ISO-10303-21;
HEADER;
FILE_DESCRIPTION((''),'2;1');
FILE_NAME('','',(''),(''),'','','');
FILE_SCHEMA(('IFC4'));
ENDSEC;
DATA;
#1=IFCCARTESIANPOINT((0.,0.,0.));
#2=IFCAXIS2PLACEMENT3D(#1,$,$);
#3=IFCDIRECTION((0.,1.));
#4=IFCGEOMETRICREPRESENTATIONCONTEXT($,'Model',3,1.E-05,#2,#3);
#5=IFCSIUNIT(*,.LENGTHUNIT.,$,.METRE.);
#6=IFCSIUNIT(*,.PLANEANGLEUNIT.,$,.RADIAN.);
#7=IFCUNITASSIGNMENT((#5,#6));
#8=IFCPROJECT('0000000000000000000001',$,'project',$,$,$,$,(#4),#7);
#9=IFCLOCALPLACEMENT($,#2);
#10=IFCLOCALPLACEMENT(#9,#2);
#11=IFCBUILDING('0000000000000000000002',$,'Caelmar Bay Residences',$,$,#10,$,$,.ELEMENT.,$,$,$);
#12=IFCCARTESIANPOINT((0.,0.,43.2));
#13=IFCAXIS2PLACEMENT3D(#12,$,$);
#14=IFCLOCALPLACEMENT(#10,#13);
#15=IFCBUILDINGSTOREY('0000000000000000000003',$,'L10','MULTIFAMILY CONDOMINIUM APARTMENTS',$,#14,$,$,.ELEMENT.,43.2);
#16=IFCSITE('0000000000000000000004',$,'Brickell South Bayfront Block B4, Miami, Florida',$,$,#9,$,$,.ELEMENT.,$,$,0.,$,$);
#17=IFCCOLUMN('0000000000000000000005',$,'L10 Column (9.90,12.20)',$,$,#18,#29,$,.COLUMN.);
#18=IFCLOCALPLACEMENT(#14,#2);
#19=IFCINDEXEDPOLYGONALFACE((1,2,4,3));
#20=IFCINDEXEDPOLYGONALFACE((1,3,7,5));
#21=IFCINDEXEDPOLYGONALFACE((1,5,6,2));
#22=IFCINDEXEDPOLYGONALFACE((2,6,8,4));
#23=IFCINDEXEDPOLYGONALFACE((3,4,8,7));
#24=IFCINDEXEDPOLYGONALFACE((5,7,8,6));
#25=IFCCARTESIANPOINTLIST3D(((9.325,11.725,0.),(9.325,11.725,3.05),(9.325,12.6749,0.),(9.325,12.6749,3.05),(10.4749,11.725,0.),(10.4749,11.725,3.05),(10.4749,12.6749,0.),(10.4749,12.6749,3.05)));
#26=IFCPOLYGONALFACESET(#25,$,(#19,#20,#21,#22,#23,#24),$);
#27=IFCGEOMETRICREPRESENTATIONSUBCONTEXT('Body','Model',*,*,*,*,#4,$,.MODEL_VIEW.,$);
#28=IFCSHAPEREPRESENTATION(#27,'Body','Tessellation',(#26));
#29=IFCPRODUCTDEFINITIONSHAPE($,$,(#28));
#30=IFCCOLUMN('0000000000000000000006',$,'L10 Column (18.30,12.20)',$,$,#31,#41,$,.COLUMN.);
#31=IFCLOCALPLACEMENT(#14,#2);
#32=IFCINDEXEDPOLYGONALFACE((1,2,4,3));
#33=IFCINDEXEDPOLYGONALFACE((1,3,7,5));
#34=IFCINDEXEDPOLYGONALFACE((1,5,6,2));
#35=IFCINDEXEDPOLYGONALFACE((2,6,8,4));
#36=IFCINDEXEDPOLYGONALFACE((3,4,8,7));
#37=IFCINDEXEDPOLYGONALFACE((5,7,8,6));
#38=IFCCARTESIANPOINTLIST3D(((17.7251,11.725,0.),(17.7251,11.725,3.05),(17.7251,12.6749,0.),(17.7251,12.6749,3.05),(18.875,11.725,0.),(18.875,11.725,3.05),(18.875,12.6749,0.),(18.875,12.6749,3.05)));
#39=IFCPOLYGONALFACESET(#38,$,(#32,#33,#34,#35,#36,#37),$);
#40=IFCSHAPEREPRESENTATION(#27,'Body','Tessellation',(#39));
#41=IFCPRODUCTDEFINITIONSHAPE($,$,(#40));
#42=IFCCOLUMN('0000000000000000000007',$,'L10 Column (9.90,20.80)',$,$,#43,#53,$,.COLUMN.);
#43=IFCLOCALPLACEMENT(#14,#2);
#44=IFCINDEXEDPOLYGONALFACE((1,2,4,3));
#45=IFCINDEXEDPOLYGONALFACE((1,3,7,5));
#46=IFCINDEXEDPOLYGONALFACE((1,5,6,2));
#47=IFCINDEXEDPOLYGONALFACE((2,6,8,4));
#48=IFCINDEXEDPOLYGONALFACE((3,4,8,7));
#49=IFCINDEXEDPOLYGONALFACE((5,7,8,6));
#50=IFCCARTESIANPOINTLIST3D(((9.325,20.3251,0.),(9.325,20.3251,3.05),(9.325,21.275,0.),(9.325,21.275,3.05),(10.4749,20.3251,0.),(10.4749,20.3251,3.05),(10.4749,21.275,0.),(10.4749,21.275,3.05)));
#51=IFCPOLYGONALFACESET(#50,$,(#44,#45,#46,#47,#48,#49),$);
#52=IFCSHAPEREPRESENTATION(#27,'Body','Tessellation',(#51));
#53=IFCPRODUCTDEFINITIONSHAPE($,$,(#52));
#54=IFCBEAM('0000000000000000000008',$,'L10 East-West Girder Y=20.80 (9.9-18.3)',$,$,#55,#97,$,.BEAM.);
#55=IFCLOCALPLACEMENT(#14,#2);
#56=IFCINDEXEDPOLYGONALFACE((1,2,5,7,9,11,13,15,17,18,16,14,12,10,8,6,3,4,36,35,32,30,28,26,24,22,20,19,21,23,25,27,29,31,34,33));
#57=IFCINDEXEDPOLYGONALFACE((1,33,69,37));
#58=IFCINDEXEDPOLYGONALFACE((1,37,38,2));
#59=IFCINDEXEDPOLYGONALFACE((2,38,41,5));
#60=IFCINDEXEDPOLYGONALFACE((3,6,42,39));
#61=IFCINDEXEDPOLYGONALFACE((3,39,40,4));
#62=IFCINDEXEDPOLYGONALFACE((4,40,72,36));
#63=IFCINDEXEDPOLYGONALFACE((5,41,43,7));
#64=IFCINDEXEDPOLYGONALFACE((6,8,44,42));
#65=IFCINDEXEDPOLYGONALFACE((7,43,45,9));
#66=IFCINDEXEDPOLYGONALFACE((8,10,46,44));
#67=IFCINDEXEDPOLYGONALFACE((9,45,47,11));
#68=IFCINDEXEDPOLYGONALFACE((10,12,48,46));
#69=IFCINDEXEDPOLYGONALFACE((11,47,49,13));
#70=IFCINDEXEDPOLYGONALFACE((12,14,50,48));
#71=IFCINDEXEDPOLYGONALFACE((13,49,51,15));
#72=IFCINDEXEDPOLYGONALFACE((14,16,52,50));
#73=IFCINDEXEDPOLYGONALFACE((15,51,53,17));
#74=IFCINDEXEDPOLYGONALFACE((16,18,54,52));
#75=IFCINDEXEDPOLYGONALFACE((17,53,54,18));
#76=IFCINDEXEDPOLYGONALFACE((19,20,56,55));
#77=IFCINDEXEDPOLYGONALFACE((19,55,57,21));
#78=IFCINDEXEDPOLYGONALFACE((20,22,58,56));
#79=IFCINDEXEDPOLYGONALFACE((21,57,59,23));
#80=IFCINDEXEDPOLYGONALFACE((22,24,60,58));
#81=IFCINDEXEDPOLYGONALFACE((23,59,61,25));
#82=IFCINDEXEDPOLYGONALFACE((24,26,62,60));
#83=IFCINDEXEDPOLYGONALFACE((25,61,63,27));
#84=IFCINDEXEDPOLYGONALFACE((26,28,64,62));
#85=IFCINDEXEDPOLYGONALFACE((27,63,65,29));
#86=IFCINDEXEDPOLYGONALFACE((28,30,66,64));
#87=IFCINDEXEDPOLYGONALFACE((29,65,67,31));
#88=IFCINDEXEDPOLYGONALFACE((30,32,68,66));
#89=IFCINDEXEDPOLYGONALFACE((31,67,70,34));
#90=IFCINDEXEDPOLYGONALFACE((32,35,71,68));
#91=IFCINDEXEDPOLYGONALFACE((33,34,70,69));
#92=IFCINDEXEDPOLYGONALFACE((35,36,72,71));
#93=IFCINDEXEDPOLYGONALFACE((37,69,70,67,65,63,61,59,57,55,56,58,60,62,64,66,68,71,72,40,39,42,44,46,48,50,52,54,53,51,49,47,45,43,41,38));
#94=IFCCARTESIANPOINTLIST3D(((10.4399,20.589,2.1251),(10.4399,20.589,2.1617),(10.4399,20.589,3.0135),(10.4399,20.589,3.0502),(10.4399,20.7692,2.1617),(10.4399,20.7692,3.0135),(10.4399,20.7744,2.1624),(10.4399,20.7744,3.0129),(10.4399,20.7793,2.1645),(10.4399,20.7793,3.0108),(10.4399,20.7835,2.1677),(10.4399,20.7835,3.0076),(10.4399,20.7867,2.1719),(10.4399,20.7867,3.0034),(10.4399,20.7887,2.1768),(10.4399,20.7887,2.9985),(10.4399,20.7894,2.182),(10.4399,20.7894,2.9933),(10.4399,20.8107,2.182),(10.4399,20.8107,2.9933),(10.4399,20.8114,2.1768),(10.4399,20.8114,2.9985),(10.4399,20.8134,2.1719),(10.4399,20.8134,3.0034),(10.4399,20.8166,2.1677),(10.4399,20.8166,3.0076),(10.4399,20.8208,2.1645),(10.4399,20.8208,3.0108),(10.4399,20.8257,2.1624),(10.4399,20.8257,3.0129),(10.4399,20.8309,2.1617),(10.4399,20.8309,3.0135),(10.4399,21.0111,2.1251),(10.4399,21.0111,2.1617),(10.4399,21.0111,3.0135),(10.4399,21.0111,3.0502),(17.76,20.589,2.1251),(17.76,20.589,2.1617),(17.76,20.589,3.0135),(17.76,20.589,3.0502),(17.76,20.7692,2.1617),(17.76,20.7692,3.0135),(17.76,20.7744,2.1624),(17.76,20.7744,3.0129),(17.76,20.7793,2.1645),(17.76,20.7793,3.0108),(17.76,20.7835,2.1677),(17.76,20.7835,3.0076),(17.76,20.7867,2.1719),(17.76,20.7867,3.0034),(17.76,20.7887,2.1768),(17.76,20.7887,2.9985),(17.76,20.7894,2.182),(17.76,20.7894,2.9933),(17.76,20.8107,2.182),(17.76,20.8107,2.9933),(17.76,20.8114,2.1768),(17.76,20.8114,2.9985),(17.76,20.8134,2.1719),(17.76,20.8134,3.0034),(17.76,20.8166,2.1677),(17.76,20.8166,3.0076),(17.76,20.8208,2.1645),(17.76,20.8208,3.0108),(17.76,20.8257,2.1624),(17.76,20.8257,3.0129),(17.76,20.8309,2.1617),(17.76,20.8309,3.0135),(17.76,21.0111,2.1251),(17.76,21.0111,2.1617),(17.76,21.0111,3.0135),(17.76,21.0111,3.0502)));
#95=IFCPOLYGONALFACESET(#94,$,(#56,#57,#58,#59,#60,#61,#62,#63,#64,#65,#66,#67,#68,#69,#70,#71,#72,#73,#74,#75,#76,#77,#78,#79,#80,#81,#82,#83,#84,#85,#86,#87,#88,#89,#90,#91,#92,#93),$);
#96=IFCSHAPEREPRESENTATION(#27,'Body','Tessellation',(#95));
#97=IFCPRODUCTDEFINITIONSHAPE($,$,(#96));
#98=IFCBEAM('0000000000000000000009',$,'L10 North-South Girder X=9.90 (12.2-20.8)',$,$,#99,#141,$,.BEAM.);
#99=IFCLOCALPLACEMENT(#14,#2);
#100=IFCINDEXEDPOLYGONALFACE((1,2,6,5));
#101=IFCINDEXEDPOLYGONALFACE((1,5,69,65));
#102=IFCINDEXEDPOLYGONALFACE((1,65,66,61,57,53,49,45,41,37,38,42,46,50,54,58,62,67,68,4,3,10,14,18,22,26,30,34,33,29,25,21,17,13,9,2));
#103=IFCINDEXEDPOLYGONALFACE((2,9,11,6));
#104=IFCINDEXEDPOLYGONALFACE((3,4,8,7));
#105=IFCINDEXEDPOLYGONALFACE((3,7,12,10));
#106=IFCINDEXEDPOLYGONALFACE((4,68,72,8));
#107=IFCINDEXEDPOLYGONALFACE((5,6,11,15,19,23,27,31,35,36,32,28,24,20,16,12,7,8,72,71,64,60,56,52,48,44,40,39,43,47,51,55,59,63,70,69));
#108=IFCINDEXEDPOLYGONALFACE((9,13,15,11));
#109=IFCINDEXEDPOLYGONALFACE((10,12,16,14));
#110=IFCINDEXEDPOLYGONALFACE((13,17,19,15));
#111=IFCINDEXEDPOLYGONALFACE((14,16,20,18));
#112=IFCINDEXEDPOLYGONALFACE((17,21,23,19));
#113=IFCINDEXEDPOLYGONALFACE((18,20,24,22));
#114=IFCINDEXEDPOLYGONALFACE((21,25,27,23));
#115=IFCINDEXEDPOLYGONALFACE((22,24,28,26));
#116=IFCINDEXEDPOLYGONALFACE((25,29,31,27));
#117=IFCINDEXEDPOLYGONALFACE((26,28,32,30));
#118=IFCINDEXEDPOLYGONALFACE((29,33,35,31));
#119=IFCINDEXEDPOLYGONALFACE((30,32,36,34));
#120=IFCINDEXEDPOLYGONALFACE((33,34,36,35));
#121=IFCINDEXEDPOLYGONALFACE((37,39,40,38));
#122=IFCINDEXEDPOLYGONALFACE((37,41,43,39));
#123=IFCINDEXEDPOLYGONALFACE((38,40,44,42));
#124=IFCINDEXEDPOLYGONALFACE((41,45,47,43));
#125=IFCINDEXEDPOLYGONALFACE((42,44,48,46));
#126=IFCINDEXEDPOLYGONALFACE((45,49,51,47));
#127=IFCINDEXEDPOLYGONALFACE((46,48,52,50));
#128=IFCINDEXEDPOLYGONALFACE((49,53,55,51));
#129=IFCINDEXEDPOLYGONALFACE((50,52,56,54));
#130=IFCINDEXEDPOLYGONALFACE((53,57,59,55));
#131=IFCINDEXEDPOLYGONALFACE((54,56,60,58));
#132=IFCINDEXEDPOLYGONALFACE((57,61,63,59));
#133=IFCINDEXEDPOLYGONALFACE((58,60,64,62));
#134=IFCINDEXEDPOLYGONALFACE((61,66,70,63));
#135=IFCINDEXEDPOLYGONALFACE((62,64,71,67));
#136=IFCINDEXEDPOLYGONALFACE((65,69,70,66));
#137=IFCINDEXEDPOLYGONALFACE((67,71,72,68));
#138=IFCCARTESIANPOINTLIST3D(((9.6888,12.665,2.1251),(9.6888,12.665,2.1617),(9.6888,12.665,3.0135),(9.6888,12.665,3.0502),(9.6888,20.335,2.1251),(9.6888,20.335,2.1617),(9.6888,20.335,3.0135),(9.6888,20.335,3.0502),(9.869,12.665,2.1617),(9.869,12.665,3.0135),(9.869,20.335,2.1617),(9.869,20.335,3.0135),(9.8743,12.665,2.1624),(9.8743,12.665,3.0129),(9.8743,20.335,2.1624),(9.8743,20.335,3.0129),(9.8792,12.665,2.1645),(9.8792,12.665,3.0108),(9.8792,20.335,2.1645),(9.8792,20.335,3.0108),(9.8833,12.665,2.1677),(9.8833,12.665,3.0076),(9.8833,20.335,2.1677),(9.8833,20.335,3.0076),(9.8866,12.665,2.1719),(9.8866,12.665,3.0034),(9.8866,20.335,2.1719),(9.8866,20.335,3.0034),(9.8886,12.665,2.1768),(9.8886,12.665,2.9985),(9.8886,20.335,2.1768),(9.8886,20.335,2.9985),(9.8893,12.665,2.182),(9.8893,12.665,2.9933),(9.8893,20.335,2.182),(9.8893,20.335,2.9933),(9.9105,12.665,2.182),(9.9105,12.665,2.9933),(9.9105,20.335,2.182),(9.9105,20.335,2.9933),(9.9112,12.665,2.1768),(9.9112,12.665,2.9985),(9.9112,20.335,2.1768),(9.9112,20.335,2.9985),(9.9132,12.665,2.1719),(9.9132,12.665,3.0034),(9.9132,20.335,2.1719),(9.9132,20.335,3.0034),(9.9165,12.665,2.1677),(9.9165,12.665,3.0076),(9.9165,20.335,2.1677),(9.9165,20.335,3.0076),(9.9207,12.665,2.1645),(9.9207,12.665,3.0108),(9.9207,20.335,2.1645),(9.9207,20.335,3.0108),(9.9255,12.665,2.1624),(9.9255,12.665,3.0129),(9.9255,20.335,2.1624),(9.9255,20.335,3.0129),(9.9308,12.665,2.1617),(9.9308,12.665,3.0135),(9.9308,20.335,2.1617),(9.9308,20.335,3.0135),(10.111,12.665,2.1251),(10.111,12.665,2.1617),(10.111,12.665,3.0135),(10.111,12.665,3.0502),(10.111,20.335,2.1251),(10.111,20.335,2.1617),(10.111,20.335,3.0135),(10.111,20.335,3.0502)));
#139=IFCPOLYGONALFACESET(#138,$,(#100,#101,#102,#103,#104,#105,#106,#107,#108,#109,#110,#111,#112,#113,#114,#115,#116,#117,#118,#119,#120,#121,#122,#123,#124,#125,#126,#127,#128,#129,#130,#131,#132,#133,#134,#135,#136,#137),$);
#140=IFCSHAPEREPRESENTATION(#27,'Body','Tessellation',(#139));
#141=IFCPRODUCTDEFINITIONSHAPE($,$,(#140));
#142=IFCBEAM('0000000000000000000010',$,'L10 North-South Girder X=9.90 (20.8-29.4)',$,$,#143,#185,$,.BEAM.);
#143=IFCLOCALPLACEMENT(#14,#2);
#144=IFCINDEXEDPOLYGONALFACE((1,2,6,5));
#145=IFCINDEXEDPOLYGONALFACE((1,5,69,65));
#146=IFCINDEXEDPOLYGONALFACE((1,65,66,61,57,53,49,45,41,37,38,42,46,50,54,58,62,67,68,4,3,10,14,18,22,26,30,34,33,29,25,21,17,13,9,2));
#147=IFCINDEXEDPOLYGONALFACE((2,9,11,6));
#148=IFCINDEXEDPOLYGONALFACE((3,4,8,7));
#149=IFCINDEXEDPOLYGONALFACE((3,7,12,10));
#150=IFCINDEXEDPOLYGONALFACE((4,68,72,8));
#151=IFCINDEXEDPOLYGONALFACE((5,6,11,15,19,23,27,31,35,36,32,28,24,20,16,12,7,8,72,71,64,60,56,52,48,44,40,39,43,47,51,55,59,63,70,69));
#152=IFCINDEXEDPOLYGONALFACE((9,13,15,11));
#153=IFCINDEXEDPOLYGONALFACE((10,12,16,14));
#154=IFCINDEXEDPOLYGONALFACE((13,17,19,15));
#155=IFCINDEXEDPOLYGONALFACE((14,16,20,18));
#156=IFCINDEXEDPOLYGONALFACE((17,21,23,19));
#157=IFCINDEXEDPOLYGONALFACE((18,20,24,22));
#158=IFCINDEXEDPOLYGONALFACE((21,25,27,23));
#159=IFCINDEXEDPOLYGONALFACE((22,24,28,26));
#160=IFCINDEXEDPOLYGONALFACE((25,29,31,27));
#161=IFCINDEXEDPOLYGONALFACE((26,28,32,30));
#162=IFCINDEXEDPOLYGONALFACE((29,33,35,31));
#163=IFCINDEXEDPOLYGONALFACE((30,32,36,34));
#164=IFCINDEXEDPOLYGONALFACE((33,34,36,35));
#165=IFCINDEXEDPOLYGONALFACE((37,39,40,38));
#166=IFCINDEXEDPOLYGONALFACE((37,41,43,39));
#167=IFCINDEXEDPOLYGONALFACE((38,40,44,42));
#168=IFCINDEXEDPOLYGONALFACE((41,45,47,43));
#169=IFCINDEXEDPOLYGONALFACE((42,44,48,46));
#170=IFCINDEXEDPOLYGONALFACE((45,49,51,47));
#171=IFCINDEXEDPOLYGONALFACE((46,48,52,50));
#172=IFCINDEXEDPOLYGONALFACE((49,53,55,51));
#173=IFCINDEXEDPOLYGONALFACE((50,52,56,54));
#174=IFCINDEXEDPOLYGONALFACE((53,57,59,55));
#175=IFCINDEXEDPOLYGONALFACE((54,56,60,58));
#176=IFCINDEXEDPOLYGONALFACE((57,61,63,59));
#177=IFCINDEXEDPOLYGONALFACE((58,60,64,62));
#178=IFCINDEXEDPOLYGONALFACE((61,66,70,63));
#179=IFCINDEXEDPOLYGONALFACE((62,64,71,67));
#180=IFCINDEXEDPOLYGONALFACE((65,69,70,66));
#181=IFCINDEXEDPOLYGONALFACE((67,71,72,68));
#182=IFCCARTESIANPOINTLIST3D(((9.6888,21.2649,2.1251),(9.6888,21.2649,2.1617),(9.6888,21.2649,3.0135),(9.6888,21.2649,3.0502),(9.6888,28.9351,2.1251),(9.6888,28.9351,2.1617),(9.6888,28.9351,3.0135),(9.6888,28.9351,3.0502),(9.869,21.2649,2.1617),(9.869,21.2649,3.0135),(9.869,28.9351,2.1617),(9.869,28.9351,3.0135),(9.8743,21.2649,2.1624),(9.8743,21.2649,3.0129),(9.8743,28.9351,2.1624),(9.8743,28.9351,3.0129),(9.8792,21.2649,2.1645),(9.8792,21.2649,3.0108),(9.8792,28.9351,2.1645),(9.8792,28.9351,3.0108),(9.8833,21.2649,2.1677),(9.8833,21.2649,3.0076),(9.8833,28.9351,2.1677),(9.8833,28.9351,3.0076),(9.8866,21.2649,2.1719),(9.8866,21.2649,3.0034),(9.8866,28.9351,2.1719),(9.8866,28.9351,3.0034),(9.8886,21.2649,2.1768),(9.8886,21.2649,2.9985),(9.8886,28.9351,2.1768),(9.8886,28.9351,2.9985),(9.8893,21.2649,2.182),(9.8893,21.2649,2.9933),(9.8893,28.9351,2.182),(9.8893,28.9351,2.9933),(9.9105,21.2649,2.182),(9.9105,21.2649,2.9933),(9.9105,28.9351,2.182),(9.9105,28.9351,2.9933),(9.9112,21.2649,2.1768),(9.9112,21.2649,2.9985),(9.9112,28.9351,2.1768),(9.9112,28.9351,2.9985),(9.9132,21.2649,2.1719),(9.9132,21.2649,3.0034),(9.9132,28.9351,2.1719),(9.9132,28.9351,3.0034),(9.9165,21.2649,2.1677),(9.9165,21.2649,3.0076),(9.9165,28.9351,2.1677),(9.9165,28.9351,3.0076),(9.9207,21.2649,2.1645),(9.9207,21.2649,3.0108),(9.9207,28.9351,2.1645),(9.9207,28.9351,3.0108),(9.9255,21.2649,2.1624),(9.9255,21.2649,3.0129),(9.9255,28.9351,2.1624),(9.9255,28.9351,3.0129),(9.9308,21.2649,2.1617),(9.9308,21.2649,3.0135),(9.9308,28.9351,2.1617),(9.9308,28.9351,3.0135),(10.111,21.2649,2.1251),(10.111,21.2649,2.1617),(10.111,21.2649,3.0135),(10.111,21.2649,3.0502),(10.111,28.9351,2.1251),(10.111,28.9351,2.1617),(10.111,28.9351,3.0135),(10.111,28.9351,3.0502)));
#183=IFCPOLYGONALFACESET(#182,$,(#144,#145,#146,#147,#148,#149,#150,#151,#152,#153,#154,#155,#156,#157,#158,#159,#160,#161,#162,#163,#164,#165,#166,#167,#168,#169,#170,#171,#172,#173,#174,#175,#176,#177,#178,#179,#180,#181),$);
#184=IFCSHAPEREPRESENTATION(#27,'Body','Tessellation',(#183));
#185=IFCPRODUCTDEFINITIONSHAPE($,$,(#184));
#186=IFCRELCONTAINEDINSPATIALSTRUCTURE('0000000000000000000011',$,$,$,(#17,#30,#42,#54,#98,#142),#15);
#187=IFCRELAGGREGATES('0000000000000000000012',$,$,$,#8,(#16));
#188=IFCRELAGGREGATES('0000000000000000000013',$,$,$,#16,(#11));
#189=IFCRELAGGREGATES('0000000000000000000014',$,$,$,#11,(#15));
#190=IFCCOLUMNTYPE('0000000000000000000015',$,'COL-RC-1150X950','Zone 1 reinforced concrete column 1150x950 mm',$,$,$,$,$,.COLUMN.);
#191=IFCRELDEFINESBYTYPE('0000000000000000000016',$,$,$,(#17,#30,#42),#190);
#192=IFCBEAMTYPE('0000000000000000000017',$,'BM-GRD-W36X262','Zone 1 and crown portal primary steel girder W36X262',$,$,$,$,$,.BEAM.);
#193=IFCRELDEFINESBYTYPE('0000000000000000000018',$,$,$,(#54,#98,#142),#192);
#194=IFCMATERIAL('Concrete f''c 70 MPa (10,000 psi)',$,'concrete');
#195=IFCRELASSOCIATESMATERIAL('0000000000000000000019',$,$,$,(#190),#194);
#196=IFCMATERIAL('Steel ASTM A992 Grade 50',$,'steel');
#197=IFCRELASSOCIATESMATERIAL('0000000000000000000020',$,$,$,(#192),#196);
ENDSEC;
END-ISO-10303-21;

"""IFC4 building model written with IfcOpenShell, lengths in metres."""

from ifc_helpers import new_model, si_unit, direction, frame, origin, origin_2d, place, context, subcontext, project, spatial, rectangle, i_section, extrude, material, material_profile, profile_set, type_object, element, save


model = new_model("IFC4")

# Units and contexts
model_context = context("Model", 3, precision=1e-05, world=origin(), true_north=direction((0.0, 1.0)))
body_context = subcontext(model_context, "Body", "Model", "MODEL_VIEW")
ifc_project = project(units=[si_unit("LENGTHUNIT", "METRE"), si_unit("PLANEANGLEUNIT", "RADIAN")], contexts=[model_context])

# Site, building, storey
site_placement = place(None, origin())
site = spatial("IfcSite", under=ifc_project, at=site_placement, Name="Brickell South Bayfront Block B4, Miami, Florida", CompositionType="ELEMENT", RefElevation=0.0)
building_placement = place(site_placement, origin())
building = spatial("IfcBuilding", under=site, at=building_placement, Name="Caelmar Bay Residences", CompositionType="ELEMENT")
storey_placement = place(building_placement, frame((0.0, 0.0, 43.2)))
storey = spatial("IfcBuildingStorey", under=building, at=storey_placement, Name="L10", Description="MULTIFAMILY CONDOMINIUM APARTMENTS", CompositionType="ELEMENT", Elevation=43.2)

# Columns
ifc_material_1 = material(Name="Concrete f'c 70 MPa (10,000 psi)", Category="concrete")
ifc_material_profile_1 = material_profile(ifc_material_1, rectangle(XDim=1.1499, YDim=0.95, at=origin_2d()), Name="RC-COL-1150X950")
ifc_profile_set_1 = profile_set([ifc_material_profile_1], Name="Concrete f'c 70 MPa (10,000 psi)")
column_type = type_object("IfcColumnType", Name="COL-RC-1150X950", Description="Zone 1 reinforced concrete column 1150x950 mm", PredefinedType="COLUMN", material=ifc_profile_set_1)
for number, where, z_axis, x_axis, name in (
    (1, (9.8999, 12.2, 0.0), (0.0, 0.0, 1.0), (1.0, 0.0, 0.0), "L10 Column (9.90,12.20)"),
    (2, (18.3, 12.2, 0.0), (0.0, 0.0, 1.0), (1.0, 0.0, 0.0), "L10 Column (18.30,12.20)"),
    (3, (9.8999, 20.8, 0.0), (0.0, 0.0, 1.0), (1.0, 0.0, 0.0), "L10 Column (9.90,20.80)"),
):
    element("IfcColumn", number, at=place(storey_placement, frame(where, z_axis=z_axis, x_axis=x_axis)), inside=storey, type_object=column_type, Name=name, PredefinedType="COLUMN", context=body_context, shape_type="SweptSolid", body=[
        extrude(rectangle(XDim=1.1499, YDim=0.95, at=origin_2d()), origin(), (0.0, 0.0, 1.0), 3.05),
    ])

# Beams
ifc_material_2 = material(Name="Steel ASTM A992 Grade 50", Category="steel")
ifc_material_profile_2 = material_profile(ifc_material_2, i_section(OverallWidth=0.4221, OverallDepth=0.925, WebThickness=0.0212, FlangeThickness=0.0366, FilletRadius=0.0203, at=origin_2d()), Name="W36X262")
ifc_profile_set_2 = profile_set([ifc_material_profile_2], Name="Steel ASTM A992 Grade 50")
beam_type_1 = type_object("IfcBeamType", Name="BM-GRD-W36X262", Description="Zone 1 and crown portal primary steel girder W36X262", PredefinedType="BEAM", material=ifc_profile_set_2)
beam_1_placement = place(storey_placement, frame((10.4399, 20.8, 2.5876), z_axis=(1.0, 0.0, 0.0), x_axis=(0.0, 1.0, 0.0)))
element("IfcBeam", 4, at=beam_1_placement, inside=storey, type_object=beam_type_1, Name="L10 East-West Girder Y=20.80 (9.9-18.3)", PredefinedType="BEAM", context=body_context, shape_type="SweptSolid", body=[
    extrude(i_section(OverallWidth=0.4221, OverallDepth=0.925, WebThickness=0.0212, FlangeThickness=0.0366, FilletRadius=0.0203, at=origin_2d()), origin(), (0.0, 0.0, 1.0), 7.3201),
])
beam_2_placement = place(storey_placement, frame((9.8999, 12.665, 2.5876), z_axis=(0.0, 1.0, 0.0), x_axis=(-1.0, 0.0, 0.0)))
element("IfcBeam", 5, at=beam_2_placement, inside=storey, type_object=beam_type_1, Name="L10 North-South Girder X=9.90 (12.2-20.8)", PredefinedType="BEAM", context=body_context, shape_type="SweptSolid", body=[
    extrude(i_section(OverallWidth=0.4221, OverallDepth=0.925, WebThickness=0.0212, FlangeThickness=0.0366, FilletRadius=0.0203, at=origin_2d()), origin(), (0.0, 0.0, 1.0), 7.6699),
])
beam_3_placement = place(storey_placement, frame((9.8999, 21.2649, 2.5876), z_axis=(0.0, 1.0, 0.0), x_axis=(-1.0, 0.0, 0.0)))
element("IfcBeam", 6, at=beam_3_placement, inside=storey, type_object=beam_type_1, Name="L10 North-South Girder X=9.90 (20.8-29.4)", PredefinedType="BEAM", context=body_context, shape_type="SweptSolid", body=[
    extrude(i_section(OverallWidth=0.4221, OverallDepth=0.925, WebThickness=0.0212, FlangeThickness=0.0366, FilletRadius=0.0203, at=origin_2d()), origin(), (0.0, 0.0, 1.0), 7.6702),
])

save(model, "model.ifc")
